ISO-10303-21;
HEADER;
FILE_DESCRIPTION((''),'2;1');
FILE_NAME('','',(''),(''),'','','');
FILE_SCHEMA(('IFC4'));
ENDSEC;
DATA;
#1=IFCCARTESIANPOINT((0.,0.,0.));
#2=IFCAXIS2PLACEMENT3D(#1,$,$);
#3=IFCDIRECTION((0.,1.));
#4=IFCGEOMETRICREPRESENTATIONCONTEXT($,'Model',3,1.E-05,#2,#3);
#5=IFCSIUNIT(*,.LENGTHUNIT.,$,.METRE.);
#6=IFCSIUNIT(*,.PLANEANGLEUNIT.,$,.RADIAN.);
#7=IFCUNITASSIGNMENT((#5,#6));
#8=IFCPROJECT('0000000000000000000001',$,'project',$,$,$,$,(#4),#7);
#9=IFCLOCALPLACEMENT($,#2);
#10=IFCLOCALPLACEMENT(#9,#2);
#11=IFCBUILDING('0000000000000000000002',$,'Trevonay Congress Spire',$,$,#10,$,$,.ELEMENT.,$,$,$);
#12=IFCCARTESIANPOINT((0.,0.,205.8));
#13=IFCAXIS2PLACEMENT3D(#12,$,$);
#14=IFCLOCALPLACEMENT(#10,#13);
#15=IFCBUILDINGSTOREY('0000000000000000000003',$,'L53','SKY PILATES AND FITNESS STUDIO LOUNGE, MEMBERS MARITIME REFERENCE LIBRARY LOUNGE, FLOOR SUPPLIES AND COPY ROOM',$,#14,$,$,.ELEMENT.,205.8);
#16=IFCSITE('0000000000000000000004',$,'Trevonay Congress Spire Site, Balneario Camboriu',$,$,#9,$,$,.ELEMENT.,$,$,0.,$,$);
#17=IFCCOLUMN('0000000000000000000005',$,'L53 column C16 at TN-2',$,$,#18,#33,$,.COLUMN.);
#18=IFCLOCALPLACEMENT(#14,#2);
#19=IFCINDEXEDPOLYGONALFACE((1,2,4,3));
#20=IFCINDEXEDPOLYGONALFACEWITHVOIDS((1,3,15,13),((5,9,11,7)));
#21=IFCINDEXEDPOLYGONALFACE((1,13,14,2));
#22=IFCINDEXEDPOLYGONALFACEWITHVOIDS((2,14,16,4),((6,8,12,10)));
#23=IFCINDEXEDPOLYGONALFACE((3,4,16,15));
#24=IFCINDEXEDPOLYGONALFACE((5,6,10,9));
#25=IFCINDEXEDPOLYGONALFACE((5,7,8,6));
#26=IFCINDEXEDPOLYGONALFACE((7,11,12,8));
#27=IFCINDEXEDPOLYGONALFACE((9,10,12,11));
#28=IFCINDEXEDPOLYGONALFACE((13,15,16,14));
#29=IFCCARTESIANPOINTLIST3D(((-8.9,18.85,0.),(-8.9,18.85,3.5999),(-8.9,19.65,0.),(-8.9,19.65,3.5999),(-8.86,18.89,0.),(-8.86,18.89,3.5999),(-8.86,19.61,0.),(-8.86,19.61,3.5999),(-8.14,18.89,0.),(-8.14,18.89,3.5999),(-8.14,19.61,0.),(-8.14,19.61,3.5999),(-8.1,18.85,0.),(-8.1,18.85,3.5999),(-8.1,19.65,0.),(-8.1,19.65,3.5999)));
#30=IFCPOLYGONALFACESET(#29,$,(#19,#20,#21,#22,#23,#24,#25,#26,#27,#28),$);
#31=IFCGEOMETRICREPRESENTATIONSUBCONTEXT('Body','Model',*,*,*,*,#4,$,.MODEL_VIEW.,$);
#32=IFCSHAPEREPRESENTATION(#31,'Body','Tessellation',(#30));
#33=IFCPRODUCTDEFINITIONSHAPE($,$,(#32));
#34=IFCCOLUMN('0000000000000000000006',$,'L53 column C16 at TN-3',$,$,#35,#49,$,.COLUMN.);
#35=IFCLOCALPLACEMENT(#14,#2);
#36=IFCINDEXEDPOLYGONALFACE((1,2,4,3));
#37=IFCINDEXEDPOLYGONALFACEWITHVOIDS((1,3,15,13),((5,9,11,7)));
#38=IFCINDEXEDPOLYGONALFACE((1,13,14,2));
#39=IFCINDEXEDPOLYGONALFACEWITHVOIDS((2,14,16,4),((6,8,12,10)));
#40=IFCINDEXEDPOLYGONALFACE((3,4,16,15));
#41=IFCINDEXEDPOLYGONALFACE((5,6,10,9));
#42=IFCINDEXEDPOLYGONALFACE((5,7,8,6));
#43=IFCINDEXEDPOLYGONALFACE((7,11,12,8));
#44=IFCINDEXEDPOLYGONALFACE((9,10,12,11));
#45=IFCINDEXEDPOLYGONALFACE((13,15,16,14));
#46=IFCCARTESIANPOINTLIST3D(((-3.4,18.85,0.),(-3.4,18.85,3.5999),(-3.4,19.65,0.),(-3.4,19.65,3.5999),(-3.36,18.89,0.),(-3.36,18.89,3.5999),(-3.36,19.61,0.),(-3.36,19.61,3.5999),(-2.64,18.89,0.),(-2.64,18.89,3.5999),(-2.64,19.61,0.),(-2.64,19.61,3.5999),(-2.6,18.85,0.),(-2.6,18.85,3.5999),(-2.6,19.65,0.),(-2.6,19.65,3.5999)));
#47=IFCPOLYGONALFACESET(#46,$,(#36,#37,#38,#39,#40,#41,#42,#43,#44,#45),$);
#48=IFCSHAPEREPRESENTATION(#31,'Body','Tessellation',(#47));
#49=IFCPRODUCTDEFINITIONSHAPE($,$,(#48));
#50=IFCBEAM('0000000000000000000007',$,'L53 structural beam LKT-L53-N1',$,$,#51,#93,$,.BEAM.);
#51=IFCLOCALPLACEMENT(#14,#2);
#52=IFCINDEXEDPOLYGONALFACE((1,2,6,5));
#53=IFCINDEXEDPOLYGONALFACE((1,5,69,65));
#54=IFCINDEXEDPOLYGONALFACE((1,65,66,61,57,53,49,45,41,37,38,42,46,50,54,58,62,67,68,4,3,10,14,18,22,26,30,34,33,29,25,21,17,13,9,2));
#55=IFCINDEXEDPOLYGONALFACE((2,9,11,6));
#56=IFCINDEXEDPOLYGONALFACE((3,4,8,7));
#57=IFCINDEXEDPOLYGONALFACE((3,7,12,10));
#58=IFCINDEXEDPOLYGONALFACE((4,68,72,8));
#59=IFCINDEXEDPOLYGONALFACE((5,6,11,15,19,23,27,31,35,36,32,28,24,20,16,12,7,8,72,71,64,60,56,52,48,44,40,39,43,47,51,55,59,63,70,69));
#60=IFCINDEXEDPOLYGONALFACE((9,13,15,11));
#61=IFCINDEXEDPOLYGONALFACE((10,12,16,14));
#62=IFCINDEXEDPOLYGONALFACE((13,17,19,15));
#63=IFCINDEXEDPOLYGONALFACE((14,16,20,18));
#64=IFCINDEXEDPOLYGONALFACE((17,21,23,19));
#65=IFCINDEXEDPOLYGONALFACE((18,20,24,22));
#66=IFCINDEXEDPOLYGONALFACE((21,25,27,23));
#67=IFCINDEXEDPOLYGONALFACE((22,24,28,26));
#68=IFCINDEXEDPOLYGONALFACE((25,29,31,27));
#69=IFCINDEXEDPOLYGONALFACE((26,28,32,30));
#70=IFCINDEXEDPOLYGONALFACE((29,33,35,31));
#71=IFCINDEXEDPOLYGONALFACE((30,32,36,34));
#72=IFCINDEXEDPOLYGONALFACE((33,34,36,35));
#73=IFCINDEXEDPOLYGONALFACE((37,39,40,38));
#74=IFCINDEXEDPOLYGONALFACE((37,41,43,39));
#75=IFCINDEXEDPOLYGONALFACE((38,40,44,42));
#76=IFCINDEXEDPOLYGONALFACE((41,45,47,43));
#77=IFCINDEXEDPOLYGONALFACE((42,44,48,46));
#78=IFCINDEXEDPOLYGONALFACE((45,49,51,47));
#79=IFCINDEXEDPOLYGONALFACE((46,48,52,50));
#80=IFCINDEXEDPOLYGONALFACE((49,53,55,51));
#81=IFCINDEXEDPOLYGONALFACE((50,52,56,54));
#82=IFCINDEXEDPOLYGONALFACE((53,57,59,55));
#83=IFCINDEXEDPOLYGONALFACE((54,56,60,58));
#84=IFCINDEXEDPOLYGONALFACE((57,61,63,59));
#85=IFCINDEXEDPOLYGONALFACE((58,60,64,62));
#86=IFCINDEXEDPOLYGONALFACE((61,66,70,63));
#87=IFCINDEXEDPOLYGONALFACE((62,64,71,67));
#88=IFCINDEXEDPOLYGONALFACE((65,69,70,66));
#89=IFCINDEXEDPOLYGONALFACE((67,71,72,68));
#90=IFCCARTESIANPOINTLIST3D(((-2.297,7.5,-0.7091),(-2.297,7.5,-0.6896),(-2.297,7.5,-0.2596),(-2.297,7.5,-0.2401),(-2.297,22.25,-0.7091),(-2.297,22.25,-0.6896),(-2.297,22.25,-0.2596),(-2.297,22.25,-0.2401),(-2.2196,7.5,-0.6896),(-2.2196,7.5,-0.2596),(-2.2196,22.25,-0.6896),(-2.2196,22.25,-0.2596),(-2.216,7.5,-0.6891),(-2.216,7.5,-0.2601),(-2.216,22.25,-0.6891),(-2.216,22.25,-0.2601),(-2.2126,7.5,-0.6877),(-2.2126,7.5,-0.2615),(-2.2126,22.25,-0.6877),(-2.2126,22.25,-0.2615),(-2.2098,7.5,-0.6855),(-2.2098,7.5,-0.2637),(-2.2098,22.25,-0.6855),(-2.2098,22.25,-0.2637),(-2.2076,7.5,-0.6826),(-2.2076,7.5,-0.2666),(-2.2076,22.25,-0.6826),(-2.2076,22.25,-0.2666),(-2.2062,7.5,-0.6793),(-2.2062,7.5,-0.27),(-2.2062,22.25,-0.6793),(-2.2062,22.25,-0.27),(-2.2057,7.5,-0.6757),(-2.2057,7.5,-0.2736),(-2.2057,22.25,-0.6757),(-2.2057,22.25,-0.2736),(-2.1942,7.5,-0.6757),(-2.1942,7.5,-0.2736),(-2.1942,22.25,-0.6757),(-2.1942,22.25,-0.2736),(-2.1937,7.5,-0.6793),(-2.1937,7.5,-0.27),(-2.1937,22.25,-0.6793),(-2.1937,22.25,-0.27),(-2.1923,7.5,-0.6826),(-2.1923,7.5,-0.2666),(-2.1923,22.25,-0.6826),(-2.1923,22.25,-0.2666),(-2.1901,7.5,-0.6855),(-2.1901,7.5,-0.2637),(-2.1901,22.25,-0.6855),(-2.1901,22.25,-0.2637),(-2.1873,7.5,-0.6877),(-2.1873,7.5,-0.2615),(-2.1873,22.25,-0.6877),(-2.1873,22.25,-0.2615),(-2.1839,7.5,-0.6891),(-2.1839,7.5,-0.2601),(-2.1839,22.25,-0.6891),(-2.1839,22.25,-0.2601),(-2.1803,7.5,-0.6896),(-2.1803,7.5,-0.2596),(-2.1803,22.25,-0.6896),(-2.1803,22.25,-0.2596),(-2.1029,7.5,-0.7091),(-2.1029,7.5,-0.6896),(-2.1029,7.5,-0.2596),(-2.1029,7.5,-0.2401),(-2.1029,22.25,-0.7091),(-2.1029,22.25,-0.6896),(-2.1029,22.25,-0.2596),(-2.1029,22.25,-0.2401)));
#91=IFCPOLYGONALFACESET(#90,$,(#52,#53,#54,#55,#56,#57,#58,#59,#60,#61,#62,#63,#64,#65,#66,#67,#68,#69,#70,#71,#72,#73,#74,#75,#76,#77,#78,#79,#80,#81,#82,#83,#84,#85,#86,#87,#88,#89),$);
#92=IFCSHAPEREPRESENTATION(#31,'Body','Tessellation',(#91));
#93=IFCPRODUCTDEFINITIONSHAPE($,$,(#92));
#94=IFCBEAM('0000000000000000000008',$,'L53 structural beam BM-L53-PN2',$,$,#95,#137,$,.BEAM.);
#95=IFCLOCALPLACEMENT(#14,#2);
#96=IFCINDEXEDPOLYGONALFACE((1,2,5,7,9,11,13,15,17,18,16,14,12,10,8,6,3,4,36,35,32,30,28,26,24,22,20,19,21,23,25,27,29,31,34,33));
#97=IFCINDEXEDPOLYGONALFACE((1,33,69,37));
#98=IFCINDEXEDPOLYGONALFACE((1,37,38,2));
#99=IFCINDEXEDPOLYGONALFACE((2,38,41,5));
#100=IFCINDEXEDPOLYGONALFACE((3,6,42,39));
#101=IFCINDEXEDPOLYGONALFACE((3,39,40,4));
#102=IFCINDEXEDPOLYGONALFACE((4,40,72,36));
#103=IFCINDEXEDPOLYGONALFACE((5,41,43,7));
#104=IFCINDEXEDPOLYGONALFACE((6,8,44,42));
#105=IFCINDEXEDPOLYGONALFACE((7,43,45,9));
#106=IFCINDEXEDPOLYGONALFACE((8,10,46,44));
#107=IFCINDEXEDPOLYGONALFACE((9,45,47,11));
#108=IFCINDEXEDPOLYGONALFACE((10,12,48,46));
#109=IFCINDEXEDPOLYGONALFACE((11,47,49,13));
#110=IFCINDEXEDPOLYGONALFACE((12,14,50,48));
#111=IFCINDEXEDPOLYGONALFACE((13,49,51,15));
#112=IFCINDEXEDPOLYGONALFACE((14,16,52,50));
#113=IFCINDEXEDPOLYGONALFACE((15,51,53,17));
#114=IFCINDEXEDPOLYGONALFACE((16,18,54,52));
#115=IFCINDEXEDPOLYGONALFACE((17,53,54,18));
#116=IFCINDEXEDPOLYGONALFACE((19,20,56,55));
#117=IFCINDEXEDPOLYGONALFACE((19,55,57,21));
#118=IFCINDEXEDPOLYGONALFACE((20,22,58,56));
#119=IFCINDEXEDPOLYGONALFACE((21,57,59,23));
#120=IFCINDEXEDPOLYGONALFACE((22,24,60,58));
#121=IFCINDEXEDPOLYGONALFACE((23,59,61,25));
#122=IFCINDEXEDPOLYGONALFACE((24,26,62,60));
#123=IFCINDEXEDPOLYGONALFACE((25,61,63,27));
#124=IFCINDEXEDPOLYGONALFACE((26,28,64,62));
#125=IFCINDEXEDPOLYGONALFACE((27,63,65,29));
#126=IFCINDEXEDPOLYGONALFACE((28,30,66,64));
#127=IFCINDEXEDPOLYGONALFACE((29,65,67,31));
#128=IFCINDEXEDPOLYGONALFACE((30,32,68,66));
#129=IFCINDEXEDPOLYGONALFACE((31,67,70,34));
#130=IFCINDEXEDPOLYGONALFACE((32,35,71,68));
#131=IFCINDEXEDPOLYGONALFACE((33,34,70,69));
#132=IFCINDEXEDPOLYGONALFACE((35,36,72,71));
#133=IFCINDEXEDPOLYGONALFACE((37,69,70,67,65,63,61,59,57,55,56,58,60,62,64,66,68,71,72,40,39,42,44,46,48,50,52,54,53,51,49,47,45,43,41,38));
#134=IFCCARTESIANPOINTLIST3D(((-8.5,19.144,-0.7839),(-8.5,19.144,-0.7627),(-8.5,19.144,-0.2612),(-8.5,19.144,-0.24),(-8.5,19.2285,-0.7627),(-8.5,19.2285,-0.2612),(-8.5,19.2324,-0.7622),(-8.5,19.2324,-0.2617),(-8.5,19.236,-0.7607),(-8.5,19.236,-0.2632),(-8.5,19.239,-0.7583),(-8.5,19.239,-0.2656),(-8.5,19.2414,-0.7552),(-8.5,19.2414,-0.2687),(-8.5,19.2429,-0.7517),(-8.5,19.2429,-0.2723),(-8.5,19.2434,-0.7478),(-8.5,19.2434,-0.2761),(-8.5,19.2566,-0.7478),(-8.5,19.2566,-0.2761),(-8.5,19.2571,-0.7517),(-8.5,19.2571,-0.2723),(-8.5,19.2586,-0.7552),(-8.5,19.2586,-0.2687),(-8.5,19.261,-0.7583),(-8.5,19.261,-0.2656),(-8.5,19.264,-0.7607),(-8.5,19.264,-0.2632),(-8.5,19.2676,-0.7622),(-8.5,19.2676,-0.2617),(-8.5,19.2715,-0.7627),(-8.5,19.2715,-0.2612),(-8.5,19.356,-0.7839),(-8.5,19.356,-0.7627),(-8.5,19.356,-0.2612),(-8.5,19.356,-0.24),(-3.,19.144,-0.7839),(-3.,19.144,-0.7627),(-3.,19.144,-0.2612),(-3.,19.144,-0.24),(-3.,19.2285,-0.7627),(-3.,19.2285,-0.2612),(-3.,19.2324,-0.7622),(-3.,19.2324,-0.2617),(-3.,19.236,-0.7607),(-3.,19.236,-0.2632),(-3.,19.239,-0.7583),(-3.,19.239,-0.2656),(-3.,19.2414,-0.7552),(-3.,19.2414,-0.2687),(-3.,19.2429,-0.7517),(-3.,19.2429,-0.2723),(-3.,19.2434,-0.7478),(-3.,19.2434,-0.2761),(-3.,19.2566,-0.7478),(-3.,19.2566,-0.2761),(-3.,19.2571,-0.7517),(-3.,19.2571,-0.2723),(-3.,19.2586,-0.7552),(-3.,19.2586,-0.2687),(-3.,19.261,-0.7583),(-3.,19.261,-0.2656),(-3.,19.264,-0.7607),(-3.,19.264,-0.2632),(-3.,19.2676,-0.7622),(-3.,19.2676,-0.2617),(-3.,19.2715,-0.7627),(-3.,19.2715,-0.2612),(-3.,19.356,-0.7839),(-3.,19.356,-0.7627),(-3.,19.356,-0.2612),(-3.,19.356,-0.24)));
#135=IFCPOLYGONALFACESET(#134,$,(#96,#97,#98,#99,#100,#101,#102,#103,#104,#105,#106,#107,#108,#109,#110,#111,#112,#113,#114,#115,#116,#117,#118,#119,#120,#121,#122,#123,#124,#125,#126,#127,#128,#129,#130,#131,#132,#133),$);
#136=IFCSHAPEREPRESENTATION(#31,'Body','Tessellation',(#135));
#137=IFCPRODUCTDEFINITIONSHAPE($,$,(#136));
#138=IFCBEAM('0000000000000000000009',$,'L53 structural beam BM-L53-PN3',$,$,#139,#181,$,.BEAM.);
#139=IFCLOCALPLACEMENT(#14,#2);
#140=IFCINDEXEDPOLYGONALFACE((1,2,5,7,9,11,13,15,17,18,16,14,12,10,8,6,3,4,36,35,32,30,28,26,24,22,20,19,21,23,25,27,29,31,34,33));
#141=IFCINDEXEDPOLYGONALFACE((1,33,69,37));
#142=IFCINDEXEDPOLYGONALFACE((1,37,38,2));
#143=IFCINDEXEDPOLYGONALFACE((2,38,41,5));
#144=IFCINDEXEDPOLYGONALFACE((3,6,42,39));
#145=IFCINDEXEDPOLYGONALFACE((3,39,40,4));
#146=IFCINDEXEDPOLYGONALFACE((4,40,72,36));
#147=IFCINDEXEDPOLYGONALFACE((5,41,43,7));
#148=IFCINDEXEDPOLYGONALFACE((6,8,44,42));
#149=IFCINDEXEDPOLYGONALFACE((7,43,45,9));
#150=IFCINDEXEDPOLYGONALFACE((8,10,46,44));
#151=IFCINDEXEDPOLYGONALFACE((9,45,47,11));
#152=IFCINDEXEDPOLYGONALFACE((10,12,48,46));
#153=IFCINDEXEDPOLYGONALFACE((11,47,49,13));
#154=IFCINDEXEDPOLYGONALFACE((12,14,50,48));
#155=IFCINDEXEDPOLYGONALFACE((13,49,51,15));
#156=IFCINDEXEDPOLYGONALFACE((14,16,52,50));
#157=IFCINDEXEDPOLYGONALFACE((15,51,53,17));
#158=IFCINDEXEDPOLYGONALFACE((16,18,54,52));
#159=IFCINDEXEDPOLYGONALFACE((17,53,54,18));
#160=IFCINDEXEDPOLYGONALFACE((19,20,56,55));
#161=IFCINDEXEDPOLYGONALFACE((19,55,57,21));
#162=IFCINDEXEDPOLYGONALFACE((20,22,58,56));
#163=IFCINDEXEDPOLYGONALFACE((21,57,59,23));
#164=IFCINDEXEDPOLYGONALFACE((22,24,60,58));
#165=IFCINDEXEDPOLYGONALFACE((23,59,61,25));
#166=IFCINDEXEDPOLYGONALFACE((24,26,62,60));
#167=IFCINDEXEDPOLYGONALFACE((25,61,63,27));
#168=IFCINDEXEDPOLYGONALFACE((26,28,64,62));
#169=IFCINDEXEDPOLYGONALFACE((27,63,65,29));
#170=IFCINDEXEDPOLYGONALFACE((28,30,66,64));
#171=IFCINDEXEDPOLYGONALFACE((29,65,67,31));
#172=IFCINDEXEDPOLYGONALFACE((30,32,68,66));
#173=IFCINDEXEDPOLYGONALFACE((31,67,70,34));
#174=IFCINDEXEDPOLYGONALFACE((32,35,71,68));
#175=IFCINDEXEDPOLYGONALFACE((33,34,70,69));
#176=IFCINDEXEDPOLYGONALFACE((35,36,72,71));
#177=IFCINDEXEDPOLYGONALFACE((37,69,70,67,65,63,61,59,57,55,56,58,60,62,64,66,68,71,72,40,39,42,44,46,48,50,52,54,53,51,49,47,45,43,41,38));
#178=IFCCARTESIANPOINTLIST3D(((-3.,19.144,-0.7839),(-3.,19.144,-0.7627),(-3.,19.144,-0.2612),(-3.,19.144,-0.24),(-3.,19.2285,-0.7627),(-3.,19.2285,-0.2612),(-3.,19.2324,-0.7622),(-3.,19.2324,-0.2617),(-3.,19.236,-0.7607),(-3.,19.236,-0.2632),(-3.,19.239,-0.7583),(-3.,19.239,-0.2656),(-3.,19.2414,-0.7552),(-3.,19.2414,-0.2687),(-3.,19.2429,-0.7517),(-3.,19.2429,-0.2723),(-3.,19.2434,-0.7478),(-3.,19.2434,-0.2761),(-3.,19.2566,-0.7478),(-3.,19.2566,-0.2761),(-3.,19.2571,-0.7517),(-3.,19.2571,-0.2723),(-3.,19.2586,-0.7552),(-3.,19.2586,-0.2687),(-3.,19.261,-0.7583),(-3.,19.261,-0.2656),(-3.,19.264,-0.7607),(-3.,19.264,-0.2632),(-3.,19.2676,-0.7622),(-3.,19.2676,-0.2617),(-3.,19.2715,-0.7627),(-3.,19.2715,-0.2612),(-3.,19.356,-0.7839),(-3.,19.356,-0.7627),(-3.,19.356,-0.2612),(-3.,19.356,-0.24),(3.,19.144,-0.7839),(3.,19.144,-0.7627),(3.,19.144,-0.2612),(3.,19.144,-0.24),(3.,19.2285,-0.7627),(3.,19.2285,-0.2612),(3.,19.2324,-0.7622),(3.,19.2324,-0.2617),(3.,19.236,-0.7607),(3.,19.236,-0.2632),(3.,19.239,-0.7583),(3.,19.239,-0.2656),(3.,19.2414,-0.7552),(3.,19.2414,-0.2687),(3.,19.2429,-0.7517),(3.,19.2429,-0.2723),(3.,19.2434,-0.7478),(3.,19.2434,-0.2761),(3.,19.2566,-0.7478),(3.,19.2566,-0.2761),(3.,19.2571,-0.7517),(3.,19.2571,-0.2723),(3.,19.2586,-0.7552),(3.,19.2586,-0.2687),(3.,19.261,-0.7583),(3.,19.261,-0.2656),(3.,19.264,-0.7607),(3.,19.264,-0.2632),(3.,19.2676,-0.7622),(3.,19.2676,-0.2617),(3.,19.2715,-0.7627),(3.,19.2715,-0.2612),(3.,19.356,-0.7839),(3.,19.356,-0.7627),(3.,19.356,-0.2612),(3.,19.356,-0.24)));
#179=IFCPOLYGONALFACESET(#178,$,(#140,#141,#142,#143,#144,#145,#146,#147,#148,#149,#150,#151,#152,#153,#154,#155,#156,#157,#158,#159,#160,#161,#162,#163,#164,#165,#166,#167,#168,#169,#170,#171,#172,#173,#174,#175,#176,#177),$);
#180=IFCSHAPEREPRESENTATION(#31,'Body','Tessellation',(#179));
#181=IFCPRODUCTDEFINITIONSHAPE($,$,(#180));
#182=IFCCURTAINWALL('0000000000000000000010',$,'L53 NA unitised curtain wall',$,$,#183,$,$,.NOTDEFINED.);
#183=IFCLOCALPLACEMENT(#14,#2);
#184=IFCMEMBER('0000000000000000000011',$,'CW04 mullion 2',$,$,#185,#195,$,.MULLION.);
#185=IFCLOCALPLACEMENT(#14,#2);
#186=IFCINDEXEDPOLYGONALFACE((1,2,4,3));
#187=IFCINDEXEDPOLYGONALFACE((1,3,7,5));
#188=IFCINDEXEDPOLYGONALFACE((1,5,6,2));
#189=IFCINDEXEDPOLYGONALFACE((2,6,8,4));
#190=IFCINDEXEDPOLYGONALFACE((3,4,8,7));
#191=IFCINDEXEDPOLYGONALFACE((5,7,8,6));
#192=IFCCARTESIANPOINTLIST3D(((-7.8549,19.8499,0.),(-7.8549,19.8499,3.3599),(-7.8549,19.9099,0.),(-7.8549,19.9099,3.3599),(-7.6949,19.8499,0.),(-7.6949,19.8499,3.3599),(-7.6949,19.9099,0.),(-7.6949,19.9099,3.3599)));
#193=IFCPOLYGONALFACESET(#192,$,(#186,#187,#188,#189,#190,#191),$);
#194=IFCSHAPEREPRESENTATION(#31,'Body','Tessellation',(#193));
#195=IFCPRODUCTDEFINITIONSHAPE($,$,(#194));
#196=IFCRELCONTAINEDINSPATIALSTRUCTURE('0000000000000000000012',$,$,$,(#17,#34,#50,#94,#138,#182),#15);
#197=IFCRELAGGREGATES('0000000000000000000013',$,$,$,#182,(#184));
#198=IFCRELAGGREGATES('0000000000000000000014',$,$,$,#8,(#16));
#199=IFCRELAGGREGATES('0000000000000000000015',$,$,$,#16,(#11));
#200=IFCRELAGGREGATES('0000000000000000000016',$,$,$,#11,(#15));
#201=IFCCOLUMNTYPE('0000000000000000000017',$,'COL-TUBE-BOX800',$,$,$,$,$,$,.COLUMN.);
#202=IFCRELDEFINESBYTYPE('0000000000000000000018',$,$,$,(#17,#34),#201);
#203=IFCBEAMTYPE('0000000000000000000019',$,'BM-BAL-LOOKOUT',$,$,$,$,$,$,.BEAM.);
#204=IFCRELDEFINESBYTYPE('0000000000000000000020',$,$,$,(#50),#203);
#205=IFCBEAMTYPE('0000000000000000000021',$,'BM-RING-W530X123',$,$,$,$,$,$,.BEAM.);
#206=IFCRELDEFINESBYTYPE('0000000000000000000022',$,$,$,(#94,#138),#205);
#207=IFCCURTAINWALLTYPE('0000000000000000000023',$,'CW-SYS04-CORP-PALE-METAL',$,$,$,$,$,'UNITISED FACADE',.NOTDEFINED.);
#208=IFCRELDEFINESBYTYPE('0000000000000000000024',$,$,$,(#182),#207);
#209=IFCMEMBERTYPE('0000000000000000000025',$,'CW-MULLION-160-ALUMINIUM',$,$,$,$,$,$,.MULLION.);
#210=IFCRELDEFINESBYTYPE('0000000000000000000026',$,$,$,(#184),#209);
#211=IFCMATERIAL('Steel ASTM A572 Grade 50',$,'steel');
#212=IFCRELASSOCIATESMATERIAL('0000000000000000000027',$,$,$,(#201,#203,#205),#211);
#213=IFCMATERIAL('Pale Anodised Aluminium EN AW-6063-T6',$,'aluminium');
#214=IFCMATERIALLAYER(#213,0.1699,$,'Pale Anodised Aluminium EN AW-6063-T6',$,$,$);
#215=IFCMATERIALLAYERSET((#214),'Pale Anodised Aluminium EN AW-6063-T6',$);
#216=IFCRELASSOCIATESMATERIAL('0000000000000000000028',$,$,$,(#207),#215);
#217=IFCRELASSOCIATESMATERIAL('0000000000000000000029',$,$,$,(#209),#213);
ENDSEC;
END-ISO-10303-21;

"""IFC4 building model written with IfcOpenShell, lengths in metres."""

from ifc_helpers import new_model, si_unit, direction, frame, origin, origin_2d, place, context, subcontext, project, spatial, rectangle, hollow_rectangle, i_section, extrude, material, layer, layer_set, material_profile, profile_set, type_object, element, aggregate, save


model = new_model("IFC4")

# Units and contexts
model_context = context("Model", 3, precision=1e-05, world=origin(), true_north=direction((0.0, 1.0)))
body_context = subcontext(model_context, "Body", "Model", "MODEL_VIEW")
ifc_project = project(units=[si_unit("LENGTHUNIT", "METRE"), si_unit("PLANEANGLEUNIT", "RADIAN")], contexts=[model_context])

# Site, building, storey
site_placement = place(None, origin())
site = spatial("IfcSite", under=ifc_project, at=site_placement, Name="Trevonay Congress Spire Site, Balneario Camboriu", CompositionType="ELEMENT", RefElevation=0.0)
building_placement = place(site_placement, origin())
building = spatial("IfcBuilding", under=site, at=building_placement, Name="Trevonay Congress Spire", CompositionType="ELEMENT")
storey_placement = place(building_placement, frame((0.0, 0.0, 205.8)))
storey = spatial("IfcBuildingStorey", under=building, at=storey_placement, Name="L53", Description="SKY PILATES AND FITNESS STUDIO LOUNGE, MEMBERS MARITIME REFERENCE LIBRARY LOUNGE, FLOOR SUPPLIES AND COPY ROOM", CompositionType="ELEMENT", Elevation=205.8)

# Columns
ifc_material_1 = material(Name="Steel ASTM A572 Grade 50", Category="steel")
ifc_material_profile_1 = material_profile(ifc_material_1, hollow_rectangle(XDim=0.8, YDim=0.8, WallThickness=0.04, at=origin_2d()), Name="BOX 800x800x40")
ifc_profile_set_1 = profile_set([ifc_material_profile_1], Name="Steel ASTM A572 Grade 50")
column_type = type_object("IfcColumnType", Name="COL-TUBE-BOX800", PredefinedType="COLUMN", material=ifc_profile_set_1)
for number, where, z_axis, x_axis, name in (
    (1, (-8.5, 19.25, 0.0), (0.0, 0.0, 1.0), (1.0, 0.0, 0.0), "L53 column C16 at TN-2"),
    (2, (-3.0, 19.25, 0.0), (0.0, 0.0, 1.0), (1.0, 0.0, 0.0), "L53 column C16 at TN-3"),
):
    element("IfcColumn", number, at=place(storey_placement, frame(where, z_axis=z_axis, x_axis=x_axis)), inside=storey, type_object=column_type, Name=name, PredefinedType="COLUMN", context=body_context, shape_type="SweptSolid", body=[
        extrude(hollow_rectangle(XDim=0.8, YDim=0.8, WallThickness=0.04, at=origin_2d()), origin(), (0.0, 0.0, 1.0), 3.5999),
    ])

# Beams
ifc_material_profile_2 = material_profile(ifc_material_1, i_section(OverallWidth=0.1941, OverallDepth=0.469, WebThickness=0.0115, FlangeThickness=0.0195, FilletRadius=0.0139, at=origin_2d()), Name="W460x106")
ifc_profile_set_2 = profile_set([ifc_material_profile_2], Name="Steel ASTM A572 Grade 50")
beam_type_1 = type_object("IfcBeamType", Name="BM-BAL-LOOKOUT", PredefinedType="BEAM", material=ifc_profile_set_2)
beam_1_placement = place(storey_placement, frame((-2.2, 7.5, -0.4746), z_axis=(0.0, 1.0, 0.0), x_axis=(-1.0, 0.0, 0.0)))
element("IfcBeam", 3, at=beam_1_placement, inside=storey, type_object=beam_type_1, Name="L53 structural beam LKT-L53-N1", PredefinedType="BEAM", context=body_context, shape_type="SweptSolid", body=[
    extrude(i_section(OverallWidth=0.1941, OverallDepth=0.469, WebThickness=0.0115, FlangeThickness=0.0195, FilletRadius=0.0139, at=origin_2d()), origin(), (0.0, 0.0, 1.0), 14.75),
])
ifc_material_profile_3 = material_profile(ifc_material_1, i_section(OverallWidth=0.2119, OverallDepth=0.5439, WebThickness=0.0132, FlangeThickness=0.0212, FilletRadius=0.0149, at=origin_2d()), Name="W530x123")
ifc_profile_set_3 = profile_set([ifc_material_profile_3], Name="Steel ASTM A572 Grade 50")
beam_type_2 = type_object("IfcBeamType", Name="BM-RING-W530X123", PredefinedType="BEAM", material=ifc_profile_set_3)
beam_2_placement = place(storey_placement, frame((-8.5, 19.25, -0.512), z_axis=(1.0, 0.0, 0.0), x_axis=(0.0, 1.0, 0.0)))
element("IfcBeam", 4, at=beam_2_placement, inside=storey, type_object=beam_type_2, Name="L53 structural beam BM-L53-PN2", PredefinedType="BEAM", context=body_context, shape_type="SweptSolid", body=[
    extrude(i_section(OverallWidth=0.2119, OverallDepth=0.5439, WebThickness=0.0132, FlangeThickness=0.0212, FilletRadius=0.0149, at=origin_2d()), origin(), (0.0, 0.0, 1.0), 5.5),
])
beam_3_placement = place(storey_placement, frame((-3.0, 19.25, -0.512), z_axis=(1.0, 0.0, 0.0), x_axis=(0.0, 1.0, 0.0)))
element("IfcBeam", 5, at=beam_3_placement, inside=storey, type_object=beam_type_2, Name="L53 structural beam BM-L53-PN3", PredefinedType="BEAM", context=body_context, shape_type="SweptSolid", body=[
    extrude(i_section(OverallWidth=0.2119, OverallDepth=0.5439, WebThickness=0.0132, FlangeThickness=0.0212, FilletRadius=0.0149, at=origin_2d()), origin(), (0.0, 0.0, 1.0), 6.0),
])

# Curtain wall, member
ifc_material_2 = material(Name="Pale Anodised Aluminium EN AW-6063-T6", Category="aluminium")
ifc_layer_1 = layer(ifc_material_2, 0.1699, Name="Pale Anodised Aluminium EN AW-6063-T6")
ifc_layer_set_1 = layer_set([ifc_layer_1], Name="Pale Anodised Aluminium EN AW-6063-T6")
curtain_wall_type = type_object("IfcCurtainWallType", Name="CW-SYS04-CORP-PALE-METAL", ElementType="UNITISED FACADE", PredefinedType="NOTDEFINED", material=ifc_layer_set_1)
curtain_wall_placement = place(storey_placement, origin())
curtain_wall = element("IfcCurtainWall", 6, at=curtain_wall_placement, inside=storey, type_object=curtain_wall_type, Name="L53 NA unitised curtain wall", PredefinedType="NOTDEFINED")
ifc_material_profile_4 = material_profile(ifc_material_2, rectangle(XDim=0.0601, YDim=0.1599, at=origin_2d()), Name="CW-MULLION-160-ALUMINIUM")
ifc_profile_set_4 = profile_set([ifc_material_profile_4], Name="Pale Anodised Aluminium EN AW-6063-T6")
member_type_1 = type_object("IfcMemberType", Name="CW-MULLION-160-ALUMINIUM", PredefinedType="MULLION", material=ifc_profile_set_4)
member_1_placement = place(storey_placement, frame((-7.7749, 19.8799, 0.0), z_axis=(0.0, 0.0, 1.0), x_axis=(0.0, 1.0, 0.0)))
member_1 = element("IfcMember", 7, at=member_1_placement, type_object=member_type_1, Name="CW04 mullion 2", PredefinedType="MULLION", context=body_context, shape_type="SweptSolid", body=[
    extrude(rectangle(XDim=0.0601, YDim=0.1599, at=origin_2d()), origin(), (0.0, 0.0, 1.0), 3.3599),
])
aggregate(curtain_wall, [member_1])

save(model, "model.ifc")
